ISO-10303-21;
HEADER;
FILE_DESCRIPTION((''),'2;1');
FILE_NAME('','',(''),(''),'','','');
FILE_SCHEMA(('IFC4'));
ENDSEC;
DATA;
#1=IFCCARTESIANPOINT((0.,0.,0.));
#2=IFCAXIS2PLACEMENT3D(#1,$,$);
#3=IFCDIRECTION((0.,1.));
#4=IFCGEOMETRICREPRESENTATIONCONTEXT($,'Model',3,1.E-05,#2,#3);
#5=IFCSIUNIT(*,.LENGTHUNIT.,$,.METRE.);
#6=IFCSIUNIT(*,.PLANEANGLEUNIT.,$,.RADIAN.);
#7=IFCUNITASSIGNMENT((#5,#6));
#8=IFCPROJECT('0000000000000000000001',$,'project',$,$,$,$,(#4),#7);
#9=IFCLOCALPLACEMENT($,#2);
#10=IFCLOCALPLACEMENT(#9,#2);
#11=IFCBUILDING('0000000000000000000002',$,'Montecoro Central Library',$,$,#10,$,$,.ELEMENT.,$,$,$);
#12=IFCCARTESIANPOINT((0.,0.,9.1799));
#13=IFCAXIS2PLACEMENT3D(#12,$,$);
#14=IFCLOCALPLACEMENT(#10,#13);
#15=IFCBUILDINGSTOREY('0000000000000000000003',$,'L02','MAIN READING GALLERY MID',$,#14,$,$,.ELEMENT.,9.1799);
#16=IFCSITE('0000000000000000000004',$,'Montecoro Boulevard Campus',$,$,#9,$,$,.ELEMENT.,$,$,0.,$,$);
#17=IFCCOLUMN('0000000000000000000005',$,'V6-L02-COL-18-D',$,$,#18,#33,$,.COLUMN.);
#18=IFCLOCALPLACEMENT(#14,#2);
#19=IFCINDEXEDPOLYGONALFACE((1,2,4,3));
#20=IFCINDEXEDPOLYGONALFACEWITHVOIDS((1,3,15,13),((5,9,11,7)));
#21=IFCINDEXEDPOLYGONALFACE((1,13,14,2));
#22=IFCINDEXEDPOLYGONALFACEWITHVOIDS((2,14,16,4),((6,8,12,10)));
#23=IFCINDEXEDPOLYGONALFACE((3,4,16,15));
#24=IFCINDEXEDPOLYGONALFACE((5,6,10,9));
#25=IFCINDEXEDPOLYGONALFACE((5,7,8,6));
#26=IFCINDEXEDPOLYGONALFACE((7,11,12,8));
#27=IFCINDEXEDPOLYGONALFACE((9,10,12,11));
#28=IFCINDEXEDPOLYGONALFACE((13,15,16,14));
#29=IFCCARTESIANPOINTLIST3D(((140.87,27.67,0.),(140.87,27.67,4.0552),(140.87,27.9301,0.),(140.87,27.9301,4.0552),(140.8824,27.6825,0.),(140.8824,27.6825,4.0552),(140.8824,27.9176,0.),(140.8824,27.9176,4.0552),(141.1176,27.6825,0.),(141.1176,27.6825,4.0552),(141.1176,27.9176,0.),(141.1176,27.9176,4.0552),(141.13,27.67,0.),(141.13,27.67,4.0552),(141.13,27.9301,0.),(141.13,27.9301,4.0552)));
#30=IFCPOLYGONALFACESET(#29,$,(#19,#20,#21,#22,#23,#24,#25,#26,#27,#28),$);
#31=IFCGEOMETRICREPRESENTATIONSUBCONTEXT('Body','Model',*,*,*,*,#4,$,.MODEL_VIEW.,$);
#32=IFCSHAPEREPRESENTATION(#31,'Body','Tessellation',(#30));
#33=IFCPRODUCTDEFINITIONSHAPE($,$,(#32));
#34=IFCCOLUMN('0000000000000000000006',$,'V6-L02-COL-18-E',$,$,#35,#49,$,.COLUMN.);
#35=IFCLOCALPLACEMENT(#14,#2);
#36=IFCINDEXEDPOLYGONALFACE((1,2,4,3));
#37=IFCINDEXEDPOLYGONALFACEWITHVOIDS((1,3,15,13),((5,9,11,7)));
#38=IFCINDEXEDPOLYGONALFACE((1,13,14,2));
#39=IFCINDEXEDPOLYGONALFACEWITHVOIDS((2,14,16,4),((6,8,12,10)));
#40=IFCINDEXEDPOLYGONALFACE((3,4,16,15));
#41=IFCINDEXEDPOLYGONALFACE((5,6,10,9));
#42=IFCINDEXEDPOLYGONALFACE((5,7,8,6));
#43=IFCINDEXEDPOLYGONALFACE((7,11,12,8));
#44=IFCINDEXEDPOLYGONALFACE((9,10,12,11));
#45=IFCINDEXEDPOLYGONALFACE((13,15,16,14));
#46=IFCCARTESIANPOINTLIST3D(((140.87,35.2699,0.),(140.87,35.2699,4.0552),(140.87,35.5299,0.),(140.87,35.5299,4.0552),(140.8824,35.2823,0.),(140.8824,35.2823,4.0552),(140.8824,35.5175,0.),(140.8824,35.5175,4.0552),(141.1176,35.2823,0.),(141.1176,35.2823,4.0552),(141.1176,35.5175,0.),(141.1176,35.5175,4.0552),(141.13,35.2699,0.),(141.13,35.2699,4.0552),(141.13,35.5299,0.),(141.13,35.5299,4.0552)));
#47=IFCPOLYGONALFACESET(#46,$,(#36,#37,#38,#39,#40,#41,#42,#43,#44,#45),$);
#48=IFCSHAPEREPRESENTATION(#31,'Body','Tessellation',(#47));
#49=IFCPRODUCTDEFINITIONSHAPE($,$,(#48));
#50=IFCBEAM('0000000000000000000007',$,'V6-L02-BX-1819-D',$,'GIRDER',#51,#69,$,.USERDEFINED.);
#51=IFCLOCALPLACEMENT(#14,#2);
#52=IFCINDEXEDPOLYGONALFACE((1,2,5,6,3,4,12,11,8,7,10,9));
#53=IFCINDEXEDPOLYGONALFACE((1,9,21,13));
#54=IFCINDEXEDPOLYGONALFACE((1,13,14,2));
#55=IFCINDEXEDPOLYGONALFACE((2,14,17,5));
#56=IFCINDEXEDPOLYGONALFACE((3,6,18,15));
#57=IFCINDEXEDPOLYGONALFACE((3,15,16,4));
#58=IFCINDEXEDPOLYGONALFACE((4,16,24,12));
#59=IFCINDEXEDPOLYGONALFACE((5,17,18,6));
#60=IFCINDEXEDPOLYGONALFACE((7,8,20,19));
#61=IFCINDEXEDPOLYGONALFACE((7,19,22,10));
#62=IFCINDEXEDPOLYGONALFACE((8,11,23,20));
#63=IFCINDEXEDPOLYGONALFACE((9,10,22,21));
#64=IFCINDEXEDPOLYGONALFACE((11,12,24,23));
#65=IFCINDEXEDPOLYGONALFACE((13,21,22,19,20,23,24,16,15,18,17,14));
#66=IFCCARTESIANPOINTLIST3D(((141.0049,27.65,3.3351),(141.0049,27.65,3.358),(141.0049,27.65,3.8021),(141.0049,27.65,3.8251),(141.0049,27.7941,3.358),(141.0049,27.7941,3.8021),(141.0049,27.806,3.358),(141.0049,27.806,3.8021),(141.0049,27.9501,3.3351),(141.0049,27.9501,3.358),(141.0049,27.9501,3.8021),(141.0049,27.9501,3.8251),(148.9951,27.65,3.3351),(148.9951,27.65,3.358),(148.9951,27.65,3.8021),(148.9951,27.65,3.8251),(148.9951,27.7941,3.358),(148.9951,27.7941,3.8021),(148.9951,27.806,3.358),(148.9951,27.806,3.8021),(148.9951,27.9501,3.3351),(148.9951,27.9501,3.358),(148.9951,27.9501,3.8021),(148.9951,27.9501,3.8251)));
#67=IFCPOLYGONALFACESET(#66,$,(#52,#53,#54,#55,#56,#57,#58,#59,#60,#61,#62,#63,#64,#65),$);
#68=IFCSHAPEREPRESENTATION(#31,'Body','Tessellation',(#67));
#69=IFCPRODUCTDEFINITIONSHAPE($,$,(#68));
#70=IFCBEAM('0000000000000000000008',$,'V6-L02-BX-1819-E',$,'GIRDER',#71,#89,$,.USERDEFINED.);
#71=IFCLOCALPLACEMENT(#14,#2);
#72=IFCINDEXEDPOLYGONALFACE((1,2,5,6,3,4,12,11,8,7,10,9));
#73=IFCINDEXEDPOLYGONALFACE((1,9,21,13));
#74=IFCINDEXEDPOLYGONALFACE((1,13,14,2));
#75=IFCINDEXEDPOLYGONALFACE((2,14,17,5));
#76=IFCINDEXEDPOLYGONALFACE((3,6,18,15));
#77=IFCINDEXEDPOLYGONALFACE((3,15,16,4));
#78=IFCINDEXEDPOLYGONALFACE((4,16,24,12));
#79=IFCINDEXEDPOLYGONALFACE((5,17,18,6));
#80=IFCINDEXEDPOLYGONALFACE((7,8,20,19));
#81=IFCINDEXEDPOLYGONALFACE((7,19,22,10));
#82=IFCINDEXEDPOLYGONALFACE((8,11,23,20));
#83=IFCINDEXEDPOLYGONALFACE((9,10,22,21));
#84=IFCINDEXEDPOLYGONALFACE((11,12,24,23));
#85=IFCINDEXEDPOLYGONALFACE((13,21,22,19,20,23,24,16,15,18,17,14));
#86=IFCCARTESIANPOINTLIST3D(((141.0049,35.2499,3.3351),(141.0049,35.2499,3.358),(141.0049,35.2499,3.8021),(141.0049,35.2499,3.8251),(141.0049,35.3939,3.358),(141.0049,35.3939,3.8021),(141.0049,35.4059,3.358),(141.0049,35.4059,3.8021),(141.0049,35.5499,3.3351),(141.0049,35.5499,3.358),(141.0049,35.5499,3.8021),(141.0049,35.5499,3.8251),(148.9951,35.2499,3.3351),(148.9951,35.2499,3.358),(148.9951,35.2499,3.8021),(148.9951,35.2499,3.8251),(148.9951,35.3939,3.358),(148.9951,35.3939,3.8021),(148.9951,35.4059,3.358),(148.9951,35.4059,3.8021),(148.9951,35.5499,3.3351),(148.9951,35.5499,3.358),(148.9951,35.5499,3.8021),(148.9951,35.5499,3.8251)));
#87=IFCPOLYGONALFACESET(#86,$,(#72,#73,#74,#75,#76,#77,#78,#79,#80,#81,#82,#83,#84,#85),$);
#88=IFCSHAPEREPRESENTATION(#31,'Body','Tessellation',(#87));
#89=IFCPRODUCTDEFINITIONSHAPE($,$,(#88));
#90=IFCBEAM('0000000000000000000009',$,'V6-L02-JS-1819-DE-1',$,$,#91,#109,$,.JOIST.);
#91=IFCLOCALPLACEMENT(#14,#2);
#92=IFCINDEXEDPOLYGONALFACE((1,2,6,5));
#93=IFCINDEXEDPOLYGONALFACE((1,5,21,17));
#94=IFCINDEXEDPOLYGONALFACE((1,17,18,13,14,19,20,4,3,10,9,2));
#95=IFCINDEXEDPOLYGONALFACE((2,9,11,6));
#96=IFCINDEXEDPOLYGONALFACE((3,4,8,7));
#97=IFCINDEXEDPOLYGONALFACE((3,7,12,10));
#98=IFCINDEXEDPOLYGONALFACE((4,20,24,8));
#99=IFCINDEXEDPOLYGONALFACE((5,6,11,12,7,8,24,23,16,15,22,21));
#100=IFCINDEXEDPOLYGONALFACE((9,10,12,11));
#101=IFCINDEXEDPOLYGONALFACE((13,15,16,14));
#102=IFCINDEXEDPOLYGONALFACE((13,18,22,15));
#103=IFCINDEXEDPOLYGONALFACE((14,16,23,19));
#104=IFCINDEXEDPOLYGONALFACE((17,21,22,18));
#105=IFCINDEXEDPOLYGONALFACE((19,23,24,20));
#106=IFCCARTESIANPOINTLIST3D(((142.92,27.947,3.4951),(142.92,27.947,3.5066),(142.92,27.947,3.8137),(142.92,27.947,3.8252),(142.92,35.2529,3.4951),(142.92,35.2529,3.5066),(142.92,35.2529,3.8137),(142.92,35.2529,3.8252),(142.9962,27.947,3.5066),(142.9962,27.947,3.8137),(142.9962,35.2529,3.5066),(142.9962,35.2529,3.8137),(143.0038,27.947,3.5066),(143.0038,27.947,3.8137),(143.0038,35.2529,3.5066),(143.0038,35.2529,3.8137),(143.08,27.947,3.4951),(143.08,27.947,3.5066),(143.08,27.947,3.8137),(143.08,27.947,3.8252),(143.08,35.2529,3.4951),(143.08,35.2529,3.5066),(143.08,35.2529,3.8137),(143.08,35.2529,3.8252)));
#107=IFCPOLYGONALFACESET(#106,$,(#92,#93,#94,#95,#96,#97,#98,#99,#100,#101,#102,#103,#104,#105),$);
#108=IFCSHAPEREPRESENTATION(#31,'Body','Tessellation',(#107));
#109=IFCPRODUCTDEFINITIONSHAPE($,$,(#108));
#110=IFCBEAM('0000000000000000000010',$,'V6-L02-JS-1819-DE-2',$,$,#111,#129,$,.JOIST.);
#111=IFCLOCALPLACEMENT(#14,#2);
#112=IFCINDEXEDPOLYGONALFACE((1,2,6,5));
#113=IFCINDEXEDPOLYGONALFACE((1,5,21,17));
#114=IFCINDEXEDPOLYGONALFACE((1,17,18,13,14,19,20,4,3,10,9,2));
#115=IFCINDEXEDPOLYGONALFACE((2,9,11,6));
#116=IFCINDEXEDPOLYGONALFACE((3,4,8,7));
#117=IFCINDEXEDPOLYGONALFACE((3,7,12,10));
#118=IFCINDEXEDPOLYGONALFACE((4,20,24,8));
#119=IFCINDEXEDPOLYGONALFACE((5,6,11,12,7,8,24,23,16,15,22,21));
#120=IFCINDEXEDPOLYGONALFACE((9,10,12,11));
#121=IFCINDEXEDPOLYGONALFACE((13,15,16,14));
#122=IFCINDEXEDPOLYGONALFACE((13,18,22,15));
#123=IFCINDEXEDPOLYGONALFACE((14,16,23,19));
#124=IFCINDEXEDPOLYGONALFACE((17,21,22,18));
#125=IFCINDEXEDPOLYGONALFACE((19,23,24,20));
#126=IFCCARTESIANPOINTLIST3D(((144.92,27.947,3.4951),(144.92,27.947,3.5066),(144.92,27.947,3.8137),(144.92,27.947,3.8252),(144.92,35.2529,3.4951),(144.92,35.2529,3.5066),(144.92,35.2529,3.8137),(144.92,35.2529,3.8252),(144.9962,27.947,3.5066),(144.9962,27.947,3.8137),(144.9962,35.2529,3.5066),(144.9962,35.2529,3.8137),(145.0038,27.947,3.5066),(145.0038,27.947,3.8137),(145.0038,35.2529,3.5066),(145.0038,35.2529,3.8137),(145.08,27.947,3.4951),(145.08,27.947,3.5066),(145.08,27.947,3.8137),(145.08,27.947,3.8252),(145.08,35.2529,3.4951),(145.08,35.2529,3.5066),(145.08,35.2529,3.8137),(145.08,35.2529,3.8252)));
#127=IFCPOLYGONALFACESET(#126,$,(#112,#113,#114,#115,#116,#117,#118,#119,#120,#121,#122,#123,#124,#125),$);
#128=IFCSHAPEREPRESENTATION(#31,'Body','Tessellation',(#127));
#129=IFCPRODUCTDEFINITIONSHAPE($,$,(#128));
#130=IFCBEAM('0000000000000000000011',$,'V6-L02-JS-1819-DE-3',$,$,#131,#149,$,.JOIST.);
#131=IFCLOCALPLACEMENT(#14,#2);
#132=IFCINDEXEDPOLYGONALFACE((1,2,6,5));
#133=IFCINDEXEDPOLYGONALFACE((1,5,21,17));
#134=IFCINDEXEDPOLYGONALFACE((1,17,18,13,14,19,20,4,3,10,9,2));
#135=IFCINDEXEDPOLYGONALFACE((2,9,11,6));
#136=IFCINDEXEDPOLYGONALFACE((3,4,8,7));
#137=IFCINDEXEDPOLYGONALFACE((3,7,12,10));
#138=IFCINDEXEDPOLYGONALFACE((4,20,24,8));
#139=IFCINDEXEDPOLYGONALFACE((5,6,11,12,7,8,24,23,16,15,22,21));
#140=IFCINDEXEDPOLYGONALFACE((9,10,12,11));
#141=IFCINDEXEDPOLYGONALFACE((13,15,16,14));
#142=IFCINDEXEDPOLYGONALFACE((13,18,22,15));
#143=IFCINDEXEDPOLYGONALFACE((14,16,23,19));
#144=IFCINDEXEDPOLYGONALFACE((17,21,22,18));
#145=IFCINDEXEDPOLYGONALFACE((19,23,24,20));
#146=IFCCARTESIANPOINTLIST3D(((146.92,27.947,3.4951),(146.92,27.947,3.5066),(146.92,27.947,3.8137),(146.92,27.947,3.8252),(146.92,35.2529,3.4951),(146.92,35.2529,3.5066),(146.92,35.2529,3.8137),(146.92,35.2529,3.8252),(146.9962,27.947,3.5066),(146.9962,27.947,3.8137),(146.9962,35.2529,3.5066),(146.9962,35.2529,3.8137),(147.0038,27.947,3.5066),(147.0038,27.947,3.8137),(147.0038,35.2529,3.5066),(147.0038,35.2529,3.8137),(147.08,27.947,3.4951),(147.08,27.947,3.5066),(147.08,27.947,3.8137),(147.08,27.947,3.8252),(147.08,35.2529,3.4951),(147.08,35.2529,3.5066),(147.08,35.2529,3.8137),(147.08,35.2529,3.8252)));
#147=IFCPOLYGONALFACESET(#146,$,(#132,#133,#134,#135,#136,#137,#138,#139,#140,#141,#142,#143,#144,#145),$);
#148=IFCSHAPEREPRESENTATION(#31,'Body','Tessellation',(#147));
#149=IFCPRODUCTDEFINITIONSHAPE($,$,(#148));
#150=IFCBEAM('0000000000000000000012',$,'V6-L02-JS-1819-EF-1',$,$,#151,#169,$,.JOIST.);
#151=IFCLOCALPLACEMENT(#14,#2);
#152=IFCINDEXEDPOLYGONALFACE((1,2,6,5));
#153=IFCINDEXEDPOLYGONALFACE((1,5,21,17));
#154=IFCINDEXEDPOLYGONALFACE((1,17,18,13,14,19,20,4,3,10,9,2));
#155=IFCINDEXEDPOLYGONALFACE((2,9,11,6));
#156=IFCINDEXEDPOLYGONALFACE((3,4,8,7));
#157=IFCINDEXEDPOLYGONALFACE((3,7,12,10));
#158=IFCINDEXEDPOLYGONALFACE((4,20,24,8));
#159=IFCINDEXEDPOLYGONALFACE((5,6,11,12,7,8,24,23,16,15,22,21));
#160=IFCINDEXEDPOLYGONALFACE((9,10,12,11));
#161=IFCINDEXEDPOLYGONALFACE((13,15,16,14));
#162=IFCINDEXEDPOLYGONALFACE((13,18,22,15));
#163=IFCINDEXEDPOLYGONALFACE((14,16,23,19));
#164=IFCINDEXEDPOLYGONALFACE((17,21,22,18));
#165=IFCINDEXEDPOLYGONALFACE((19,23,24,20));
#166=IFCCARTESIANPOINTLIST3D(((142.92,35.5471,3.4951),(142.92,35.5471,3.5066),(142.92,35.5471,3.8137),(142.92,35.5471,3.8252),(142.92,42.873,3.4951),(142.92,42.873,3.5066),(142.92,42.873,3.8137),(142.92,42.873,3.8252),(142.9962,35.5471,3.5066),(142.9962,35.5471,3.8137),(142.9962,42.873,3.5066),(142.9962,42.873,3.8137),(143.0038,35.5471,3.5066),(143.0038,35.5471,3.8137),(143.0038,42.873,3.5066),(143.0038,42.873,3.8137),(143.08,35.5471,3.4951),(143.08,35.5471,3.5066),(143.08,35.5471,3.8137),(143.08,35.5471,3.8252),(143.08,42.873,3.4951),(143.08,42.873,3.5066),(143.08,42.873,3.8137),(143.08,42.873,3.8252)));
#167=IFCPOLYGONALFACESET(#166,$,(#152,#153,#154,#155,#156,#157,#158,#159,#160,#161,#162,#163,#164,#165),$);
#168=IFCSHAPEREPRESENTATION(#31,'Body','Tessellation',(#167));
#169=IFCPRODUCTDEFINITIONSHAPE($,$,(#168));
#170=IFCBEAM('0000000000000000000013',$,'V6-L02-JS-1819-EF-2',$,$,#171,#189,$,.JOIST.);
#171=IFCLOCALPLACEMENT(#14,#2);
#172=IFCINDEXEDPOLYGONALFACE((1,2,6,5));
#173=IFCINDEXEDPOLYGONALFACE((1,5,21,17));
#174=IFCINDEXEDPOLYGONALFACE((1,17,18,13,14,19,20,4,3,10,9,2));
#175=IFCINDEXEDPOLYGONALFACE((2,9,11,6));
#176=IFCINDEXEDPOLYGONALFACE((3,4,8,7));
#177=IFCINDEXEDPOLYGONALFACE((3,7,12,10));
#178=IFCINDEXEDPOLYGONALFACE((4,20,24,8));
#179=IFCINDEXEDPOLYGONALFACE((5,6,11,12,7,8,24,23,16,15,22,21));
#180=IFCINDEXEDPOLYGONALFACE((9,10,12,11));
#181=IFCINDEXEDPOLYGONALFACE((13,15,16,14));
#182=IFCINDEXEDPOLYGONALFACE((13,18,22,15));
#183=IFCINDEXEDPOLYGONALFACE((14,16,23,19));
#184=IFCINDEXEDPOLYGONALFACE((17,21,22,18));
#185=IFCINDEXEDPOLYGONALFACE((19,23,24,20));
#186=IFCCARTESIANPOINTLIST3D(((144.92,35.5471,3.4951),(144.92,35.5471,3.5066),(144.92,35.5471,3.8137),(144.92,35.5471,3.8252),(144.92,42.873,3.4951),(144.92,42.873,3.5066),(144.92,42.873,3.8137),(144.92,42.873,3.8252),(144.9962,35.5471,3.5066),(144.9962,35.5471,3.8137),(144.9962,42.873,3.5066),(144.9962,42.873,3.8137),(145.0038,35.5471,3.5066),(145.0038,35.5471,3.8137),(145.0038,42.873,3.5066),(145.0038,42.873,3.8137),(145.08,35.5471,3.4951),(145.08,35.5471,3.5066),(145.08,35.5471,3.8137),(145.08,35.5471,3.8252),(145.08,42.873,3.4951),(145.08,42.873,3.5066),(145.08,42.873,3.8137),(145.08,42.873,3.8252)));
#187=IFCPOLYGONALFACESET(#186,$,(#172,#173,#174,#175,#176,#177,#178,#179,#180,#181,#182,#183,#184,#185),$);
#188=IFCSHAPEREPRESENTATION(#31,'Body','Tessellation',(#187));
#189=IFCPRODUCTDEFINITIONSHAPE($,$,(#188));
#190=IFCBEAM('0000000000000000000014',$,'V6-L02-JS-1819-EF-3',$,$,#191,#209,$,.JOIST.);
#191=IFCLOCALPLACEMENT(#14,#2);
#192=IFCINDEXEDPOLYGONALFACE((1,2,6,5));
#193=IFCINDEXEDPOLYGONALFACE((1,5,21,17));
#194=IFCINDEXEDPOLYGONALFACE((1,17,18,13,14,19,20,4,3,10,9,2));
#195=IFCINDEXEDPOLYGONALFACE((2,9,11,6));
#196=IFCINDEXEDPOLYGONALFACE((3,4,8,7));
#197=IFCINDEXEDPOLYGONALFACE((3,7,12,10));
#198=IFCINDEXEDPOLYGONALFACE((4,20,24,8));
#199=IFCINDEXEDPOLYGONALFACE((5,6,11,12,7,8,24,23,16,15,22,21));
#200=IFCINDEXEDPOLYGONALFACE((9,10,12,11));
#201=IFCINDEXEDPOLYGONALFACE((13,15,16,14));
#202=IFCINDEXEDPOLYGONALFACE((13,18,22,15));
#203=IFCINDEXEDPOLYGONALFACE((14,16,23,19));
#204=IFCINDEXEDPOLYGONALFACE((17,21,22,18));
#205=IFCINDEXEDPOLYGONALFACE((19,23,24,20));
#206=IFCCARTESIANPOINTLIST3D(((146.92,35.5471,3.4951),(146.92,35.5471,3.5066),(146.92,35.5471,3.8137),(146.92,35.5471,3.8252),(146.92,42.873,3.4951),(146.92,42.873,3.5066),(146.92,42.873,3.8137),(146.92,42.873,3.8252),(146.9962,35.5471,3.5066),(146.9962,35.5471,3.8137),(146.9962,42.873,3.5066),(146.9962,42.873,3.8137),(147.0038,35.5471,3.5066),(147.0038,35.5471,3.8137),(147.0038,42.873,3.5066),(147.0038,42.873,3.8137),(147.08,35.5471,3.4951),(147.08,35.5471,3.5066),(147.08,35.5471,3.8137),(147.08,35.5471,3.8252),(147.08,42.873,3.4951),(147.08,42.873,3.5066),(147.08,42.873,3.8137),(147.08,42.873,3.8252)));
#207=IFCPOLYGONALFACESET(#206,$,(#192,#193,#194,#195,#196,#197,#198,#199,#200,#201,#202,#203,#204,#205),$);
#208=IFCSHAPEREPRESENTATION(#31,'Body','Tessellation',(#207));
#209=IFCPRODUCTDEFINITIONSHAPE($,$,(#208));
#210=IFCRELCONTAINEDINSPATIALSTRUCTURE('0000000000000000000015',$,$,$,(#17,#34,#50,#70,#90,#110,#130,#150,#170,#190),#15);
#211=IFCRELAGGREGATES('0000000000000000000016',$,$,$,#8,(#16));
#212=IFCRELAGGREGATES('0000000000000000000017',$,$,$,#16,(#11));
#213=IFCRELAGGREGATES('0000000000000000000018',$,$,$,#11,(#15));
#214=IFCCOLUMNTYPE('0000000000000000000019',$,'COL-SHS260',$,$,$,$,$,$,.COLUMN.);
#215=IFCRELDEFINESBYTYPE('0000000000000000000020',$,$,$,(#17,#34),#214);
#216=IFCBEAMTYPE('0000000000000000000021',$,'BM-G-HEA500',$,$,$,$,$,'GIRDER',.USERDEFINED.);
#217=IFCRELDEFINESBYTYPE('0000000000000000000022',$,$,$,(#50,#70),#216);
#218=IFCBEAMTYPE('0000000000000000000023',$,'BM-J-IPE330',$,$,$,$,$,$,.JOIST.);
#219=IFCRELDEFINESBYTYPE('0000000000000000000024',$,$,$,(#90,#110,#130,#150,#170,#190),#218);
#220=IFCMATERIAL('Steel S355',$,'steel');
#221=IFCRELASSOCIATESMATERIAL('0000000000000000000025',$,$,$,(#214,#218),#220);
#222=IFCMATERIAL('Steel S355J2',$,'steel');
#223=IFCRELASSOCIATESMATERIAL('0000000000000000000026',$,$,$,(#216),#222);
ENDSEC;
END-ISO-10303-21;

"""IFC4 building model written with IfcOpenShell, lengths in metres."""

from ifc_helpers import new_model, si_unit, direction, frame, origin, origin_2d, place, context, subcontext, project, spatial, hollow_rectangle, i_section, extrude, material, material_profile, profile_set, type_object, element, save


model = new_model("IFC4")

# Units and contexts
model_context = context("Model", 3, precision=1e-05, world=origin(), true_north=direction((0.0, 1.0)))
body_context = subcontext(model_context, "Body", "Model", "MODEL_VIEW")
ifc_project = project(units=[si_unit("LENGTHUNIT", "METRE"), si_unit("PLANEANGLEUNIT", "RADIAN")], contexts=[model_context])

# Site, building, storey
site_placement = place(None, origin())
site = spatial("IfcSite", under=ifc_project, at=site_placement, Name="Montecoro Boulevard Campus", CompositionType="ELEMENT", RefElevation=0.0)
building_placement = place(site_placement, origin())
building = spatial("IfcBuilding", under=site, at=building_placement, Name="Montecoro Central Library", CompositionType="ELEMENT")
storey_placement = place(building_placement, frame((0.0, 0.0, 9.1799)))
storey = spatial("IfcBuildingStorey", under=building, at=storey_placement, Name="L02", Description="MAIN READING GALLERY MID", CompositionType="ELEMENT", Elevation=9.1799)

# Columns
ifc_material_1 = material(Name="Steel S355", Category="steel")
ifc_material_profile_1 = material_profile(ifc_material_1, hollow_rectangle(XDim=0.26, YDim=0.26, WallThickness=0.0125, at=origin_2d()), Name="SHS 260x260x12.5")
ifc_profile_set_1 = profile_set([ifc_material_profile_1], Name="Steel S355")
column_type = type_object("IfcColumnType", Name="COL-SHS260", PredefinedType="COLUMN", material=ifc_profile_set_1)
for number, where, z_axis, x_axis, name in (
    (1, (141.0, 27.8, 0.0), (0.0, 0.0, 1.0), (1.0, 0.0, 0.0), "V6-L02-COL-18-D"),
    (2, (141.0, 35.3999, 0.0), (0.0, 0.0, 1.0), (1.0, 0.0, 0.0), "V6-L02-COL-18-E"),
):
    element("IfcColumn", number, at=place(storey_placement, frame(where, z_axis=z_axis, x_axis=x_axis)), inside=storey, type_object=column_type, Name=name, PredefinedType="COLUMN", context=body_context, shape_type="SweptSolid", body=[
        extrude(hollow_rectangle(XDim=0.26, YDim=0.26, WallThickness=0.0125, at=origin_2d()), origin(), (0.0, 0.0, 1.0), 4.0552),
    ])

# Beams
ifc_material_2 = material(Name="Steel S355J2", Category="steel")
ifc_material_profile_2 = material_profile(ifc_material_2, i_section(OverallWidth=0.3, OverallDepth=0.49, WebThickness=0.012, FlangeThickness=0.0229, at=origin_2d()), Name="HEA 500")
ifc_profile_set_2 = profile_set([ifc_material_profile_2], Name="Steel S355J2")
beam_type_1 = type_object("IfcBeamType", Name="BM-G-HEA500", ElementType="GIRDER", PredefinedType="USERDEFINED", material=ifc_profile_set_2)
for number, where, z_axis, x_axis, name in (
    (3, (141.0049, 27.8, 3.5801), (1.0, 0.0, 0.0), (0.0, 1.0, 0.0), "V6-L02-BX-1819-D"),
    (4, (141.0049, 35.3999, 3.5801), (1.0, 0.0, 0.0), (0.0, 1.0, 0.0), "V6-L02-BX-1819-E"),
):
    element("IfcBeam", number, at=place(storey_placement, frame(where, z_axis=z_axis, x_axis=x_axis)), inside=storey, type_object=beam_type_1, Name=name, ObjectType="GIRDER", PredefinedType="USERDEFINED", context=body_context, shape_type="SweptSolid", body=[
        extrude(i_section(OverallWidth=0.3, OverallDepth=0.49, WebThickness=0.012, FlangeThickness=0.0229, at=origin_2d()), origin(), (0.0, 0.0, 1.0), 7.9902),
    ])
ifc_material_profile_3 = material_profile(ifc_material_1, i_section(OverallWidth=0.1599, OverallDepth=0.3301, WebThickness=0.0076, FlangeThickness=0.0115, at=origin_2d()), Name="IPE 330")
ifc_profile_set_3 = profile_set([ifc_material_profile_3], Name="Steel S355")
beam_type_2 = type_object("IfcBeamType", Name="BM-J-IPE330", PredefinedType="JOIST", material=ifc_profile_set_3)
for number, where, z_axis, x_axis, name in (
    (5, (143.0, 27.947, 3.6602), (0.0, 1.0, 0.0), (-1.0, 0.0, 0.0), "V6-L02-JS-1819-DE-1"),
    (6, (145.0, 27.947, 3.6602), (0.0, 1.0, 0.0), (-1.0, 0.0, 0.0), "V6-L02-JS-1819-DE-2"),
    (7, (147.0, 27.947, 3.6602), (0.0, 1.0, 0.0), (-1.0, 0.0, 0.0), "V6-L02-JS-1819-DE-3"),
):
    element("IfcBeam", number, at=place(storey_placement, frame(where, z_axis=z_axis, x_axis=x_axis)), inside=storey, type_object=beam_type_2, Name=name, PredefinedType="JOIST", context=body_context, shape_type="SweptSolid", body=[
        extrude(i_section(OverallWidth=0.1599, OverallDepth=0.3301, WebThickness=0.0076, FlangeThickness=0.0115, at=origin_2d()), origin(), (0.0, 0.0, 1.0), 7.3059),
    ])
for number, where, z_axis, x_axis, name in (
    (8, (143.0, 35.5471, 3.6602), (0.0, 1.0, 0.0), (-1.0, 0.0, 0.0), "V6-L02-JS-1819-EF-1"),
    (9, (145.0, 35.5471, 3.6602), (0.0, 1.0, 0.0), (-1.0, 0.0, 0.0), "V6-L02-JS-1819-EF-2"),
    (10, (147.0, 35.5471, 3.6602), (0.0, 1.0, 0.0), (-1.0, 0.0, 0.0), "V6-L02-JS-1819-EF-3"),
):
    element("IfcBeam", number, at=place(storey_placement, frame(where, z_axis=z_axis, x_axis=x_axis)), inside=storey, type_object=beam_type_2, Name=name, PredefinedType="JOIST", context=body_context, shape_type="SweptSolid", body=[
        extrude(i_section(OverallWidth=0.1599, OverallDepth=0.3301, WebThickness=0.0076, FlangeThickness=0.0115, at=origin_2d()), origin(), (0.0, 0.0, 1.0), 7.3259),
    ])

save(model, "model.ifc")
